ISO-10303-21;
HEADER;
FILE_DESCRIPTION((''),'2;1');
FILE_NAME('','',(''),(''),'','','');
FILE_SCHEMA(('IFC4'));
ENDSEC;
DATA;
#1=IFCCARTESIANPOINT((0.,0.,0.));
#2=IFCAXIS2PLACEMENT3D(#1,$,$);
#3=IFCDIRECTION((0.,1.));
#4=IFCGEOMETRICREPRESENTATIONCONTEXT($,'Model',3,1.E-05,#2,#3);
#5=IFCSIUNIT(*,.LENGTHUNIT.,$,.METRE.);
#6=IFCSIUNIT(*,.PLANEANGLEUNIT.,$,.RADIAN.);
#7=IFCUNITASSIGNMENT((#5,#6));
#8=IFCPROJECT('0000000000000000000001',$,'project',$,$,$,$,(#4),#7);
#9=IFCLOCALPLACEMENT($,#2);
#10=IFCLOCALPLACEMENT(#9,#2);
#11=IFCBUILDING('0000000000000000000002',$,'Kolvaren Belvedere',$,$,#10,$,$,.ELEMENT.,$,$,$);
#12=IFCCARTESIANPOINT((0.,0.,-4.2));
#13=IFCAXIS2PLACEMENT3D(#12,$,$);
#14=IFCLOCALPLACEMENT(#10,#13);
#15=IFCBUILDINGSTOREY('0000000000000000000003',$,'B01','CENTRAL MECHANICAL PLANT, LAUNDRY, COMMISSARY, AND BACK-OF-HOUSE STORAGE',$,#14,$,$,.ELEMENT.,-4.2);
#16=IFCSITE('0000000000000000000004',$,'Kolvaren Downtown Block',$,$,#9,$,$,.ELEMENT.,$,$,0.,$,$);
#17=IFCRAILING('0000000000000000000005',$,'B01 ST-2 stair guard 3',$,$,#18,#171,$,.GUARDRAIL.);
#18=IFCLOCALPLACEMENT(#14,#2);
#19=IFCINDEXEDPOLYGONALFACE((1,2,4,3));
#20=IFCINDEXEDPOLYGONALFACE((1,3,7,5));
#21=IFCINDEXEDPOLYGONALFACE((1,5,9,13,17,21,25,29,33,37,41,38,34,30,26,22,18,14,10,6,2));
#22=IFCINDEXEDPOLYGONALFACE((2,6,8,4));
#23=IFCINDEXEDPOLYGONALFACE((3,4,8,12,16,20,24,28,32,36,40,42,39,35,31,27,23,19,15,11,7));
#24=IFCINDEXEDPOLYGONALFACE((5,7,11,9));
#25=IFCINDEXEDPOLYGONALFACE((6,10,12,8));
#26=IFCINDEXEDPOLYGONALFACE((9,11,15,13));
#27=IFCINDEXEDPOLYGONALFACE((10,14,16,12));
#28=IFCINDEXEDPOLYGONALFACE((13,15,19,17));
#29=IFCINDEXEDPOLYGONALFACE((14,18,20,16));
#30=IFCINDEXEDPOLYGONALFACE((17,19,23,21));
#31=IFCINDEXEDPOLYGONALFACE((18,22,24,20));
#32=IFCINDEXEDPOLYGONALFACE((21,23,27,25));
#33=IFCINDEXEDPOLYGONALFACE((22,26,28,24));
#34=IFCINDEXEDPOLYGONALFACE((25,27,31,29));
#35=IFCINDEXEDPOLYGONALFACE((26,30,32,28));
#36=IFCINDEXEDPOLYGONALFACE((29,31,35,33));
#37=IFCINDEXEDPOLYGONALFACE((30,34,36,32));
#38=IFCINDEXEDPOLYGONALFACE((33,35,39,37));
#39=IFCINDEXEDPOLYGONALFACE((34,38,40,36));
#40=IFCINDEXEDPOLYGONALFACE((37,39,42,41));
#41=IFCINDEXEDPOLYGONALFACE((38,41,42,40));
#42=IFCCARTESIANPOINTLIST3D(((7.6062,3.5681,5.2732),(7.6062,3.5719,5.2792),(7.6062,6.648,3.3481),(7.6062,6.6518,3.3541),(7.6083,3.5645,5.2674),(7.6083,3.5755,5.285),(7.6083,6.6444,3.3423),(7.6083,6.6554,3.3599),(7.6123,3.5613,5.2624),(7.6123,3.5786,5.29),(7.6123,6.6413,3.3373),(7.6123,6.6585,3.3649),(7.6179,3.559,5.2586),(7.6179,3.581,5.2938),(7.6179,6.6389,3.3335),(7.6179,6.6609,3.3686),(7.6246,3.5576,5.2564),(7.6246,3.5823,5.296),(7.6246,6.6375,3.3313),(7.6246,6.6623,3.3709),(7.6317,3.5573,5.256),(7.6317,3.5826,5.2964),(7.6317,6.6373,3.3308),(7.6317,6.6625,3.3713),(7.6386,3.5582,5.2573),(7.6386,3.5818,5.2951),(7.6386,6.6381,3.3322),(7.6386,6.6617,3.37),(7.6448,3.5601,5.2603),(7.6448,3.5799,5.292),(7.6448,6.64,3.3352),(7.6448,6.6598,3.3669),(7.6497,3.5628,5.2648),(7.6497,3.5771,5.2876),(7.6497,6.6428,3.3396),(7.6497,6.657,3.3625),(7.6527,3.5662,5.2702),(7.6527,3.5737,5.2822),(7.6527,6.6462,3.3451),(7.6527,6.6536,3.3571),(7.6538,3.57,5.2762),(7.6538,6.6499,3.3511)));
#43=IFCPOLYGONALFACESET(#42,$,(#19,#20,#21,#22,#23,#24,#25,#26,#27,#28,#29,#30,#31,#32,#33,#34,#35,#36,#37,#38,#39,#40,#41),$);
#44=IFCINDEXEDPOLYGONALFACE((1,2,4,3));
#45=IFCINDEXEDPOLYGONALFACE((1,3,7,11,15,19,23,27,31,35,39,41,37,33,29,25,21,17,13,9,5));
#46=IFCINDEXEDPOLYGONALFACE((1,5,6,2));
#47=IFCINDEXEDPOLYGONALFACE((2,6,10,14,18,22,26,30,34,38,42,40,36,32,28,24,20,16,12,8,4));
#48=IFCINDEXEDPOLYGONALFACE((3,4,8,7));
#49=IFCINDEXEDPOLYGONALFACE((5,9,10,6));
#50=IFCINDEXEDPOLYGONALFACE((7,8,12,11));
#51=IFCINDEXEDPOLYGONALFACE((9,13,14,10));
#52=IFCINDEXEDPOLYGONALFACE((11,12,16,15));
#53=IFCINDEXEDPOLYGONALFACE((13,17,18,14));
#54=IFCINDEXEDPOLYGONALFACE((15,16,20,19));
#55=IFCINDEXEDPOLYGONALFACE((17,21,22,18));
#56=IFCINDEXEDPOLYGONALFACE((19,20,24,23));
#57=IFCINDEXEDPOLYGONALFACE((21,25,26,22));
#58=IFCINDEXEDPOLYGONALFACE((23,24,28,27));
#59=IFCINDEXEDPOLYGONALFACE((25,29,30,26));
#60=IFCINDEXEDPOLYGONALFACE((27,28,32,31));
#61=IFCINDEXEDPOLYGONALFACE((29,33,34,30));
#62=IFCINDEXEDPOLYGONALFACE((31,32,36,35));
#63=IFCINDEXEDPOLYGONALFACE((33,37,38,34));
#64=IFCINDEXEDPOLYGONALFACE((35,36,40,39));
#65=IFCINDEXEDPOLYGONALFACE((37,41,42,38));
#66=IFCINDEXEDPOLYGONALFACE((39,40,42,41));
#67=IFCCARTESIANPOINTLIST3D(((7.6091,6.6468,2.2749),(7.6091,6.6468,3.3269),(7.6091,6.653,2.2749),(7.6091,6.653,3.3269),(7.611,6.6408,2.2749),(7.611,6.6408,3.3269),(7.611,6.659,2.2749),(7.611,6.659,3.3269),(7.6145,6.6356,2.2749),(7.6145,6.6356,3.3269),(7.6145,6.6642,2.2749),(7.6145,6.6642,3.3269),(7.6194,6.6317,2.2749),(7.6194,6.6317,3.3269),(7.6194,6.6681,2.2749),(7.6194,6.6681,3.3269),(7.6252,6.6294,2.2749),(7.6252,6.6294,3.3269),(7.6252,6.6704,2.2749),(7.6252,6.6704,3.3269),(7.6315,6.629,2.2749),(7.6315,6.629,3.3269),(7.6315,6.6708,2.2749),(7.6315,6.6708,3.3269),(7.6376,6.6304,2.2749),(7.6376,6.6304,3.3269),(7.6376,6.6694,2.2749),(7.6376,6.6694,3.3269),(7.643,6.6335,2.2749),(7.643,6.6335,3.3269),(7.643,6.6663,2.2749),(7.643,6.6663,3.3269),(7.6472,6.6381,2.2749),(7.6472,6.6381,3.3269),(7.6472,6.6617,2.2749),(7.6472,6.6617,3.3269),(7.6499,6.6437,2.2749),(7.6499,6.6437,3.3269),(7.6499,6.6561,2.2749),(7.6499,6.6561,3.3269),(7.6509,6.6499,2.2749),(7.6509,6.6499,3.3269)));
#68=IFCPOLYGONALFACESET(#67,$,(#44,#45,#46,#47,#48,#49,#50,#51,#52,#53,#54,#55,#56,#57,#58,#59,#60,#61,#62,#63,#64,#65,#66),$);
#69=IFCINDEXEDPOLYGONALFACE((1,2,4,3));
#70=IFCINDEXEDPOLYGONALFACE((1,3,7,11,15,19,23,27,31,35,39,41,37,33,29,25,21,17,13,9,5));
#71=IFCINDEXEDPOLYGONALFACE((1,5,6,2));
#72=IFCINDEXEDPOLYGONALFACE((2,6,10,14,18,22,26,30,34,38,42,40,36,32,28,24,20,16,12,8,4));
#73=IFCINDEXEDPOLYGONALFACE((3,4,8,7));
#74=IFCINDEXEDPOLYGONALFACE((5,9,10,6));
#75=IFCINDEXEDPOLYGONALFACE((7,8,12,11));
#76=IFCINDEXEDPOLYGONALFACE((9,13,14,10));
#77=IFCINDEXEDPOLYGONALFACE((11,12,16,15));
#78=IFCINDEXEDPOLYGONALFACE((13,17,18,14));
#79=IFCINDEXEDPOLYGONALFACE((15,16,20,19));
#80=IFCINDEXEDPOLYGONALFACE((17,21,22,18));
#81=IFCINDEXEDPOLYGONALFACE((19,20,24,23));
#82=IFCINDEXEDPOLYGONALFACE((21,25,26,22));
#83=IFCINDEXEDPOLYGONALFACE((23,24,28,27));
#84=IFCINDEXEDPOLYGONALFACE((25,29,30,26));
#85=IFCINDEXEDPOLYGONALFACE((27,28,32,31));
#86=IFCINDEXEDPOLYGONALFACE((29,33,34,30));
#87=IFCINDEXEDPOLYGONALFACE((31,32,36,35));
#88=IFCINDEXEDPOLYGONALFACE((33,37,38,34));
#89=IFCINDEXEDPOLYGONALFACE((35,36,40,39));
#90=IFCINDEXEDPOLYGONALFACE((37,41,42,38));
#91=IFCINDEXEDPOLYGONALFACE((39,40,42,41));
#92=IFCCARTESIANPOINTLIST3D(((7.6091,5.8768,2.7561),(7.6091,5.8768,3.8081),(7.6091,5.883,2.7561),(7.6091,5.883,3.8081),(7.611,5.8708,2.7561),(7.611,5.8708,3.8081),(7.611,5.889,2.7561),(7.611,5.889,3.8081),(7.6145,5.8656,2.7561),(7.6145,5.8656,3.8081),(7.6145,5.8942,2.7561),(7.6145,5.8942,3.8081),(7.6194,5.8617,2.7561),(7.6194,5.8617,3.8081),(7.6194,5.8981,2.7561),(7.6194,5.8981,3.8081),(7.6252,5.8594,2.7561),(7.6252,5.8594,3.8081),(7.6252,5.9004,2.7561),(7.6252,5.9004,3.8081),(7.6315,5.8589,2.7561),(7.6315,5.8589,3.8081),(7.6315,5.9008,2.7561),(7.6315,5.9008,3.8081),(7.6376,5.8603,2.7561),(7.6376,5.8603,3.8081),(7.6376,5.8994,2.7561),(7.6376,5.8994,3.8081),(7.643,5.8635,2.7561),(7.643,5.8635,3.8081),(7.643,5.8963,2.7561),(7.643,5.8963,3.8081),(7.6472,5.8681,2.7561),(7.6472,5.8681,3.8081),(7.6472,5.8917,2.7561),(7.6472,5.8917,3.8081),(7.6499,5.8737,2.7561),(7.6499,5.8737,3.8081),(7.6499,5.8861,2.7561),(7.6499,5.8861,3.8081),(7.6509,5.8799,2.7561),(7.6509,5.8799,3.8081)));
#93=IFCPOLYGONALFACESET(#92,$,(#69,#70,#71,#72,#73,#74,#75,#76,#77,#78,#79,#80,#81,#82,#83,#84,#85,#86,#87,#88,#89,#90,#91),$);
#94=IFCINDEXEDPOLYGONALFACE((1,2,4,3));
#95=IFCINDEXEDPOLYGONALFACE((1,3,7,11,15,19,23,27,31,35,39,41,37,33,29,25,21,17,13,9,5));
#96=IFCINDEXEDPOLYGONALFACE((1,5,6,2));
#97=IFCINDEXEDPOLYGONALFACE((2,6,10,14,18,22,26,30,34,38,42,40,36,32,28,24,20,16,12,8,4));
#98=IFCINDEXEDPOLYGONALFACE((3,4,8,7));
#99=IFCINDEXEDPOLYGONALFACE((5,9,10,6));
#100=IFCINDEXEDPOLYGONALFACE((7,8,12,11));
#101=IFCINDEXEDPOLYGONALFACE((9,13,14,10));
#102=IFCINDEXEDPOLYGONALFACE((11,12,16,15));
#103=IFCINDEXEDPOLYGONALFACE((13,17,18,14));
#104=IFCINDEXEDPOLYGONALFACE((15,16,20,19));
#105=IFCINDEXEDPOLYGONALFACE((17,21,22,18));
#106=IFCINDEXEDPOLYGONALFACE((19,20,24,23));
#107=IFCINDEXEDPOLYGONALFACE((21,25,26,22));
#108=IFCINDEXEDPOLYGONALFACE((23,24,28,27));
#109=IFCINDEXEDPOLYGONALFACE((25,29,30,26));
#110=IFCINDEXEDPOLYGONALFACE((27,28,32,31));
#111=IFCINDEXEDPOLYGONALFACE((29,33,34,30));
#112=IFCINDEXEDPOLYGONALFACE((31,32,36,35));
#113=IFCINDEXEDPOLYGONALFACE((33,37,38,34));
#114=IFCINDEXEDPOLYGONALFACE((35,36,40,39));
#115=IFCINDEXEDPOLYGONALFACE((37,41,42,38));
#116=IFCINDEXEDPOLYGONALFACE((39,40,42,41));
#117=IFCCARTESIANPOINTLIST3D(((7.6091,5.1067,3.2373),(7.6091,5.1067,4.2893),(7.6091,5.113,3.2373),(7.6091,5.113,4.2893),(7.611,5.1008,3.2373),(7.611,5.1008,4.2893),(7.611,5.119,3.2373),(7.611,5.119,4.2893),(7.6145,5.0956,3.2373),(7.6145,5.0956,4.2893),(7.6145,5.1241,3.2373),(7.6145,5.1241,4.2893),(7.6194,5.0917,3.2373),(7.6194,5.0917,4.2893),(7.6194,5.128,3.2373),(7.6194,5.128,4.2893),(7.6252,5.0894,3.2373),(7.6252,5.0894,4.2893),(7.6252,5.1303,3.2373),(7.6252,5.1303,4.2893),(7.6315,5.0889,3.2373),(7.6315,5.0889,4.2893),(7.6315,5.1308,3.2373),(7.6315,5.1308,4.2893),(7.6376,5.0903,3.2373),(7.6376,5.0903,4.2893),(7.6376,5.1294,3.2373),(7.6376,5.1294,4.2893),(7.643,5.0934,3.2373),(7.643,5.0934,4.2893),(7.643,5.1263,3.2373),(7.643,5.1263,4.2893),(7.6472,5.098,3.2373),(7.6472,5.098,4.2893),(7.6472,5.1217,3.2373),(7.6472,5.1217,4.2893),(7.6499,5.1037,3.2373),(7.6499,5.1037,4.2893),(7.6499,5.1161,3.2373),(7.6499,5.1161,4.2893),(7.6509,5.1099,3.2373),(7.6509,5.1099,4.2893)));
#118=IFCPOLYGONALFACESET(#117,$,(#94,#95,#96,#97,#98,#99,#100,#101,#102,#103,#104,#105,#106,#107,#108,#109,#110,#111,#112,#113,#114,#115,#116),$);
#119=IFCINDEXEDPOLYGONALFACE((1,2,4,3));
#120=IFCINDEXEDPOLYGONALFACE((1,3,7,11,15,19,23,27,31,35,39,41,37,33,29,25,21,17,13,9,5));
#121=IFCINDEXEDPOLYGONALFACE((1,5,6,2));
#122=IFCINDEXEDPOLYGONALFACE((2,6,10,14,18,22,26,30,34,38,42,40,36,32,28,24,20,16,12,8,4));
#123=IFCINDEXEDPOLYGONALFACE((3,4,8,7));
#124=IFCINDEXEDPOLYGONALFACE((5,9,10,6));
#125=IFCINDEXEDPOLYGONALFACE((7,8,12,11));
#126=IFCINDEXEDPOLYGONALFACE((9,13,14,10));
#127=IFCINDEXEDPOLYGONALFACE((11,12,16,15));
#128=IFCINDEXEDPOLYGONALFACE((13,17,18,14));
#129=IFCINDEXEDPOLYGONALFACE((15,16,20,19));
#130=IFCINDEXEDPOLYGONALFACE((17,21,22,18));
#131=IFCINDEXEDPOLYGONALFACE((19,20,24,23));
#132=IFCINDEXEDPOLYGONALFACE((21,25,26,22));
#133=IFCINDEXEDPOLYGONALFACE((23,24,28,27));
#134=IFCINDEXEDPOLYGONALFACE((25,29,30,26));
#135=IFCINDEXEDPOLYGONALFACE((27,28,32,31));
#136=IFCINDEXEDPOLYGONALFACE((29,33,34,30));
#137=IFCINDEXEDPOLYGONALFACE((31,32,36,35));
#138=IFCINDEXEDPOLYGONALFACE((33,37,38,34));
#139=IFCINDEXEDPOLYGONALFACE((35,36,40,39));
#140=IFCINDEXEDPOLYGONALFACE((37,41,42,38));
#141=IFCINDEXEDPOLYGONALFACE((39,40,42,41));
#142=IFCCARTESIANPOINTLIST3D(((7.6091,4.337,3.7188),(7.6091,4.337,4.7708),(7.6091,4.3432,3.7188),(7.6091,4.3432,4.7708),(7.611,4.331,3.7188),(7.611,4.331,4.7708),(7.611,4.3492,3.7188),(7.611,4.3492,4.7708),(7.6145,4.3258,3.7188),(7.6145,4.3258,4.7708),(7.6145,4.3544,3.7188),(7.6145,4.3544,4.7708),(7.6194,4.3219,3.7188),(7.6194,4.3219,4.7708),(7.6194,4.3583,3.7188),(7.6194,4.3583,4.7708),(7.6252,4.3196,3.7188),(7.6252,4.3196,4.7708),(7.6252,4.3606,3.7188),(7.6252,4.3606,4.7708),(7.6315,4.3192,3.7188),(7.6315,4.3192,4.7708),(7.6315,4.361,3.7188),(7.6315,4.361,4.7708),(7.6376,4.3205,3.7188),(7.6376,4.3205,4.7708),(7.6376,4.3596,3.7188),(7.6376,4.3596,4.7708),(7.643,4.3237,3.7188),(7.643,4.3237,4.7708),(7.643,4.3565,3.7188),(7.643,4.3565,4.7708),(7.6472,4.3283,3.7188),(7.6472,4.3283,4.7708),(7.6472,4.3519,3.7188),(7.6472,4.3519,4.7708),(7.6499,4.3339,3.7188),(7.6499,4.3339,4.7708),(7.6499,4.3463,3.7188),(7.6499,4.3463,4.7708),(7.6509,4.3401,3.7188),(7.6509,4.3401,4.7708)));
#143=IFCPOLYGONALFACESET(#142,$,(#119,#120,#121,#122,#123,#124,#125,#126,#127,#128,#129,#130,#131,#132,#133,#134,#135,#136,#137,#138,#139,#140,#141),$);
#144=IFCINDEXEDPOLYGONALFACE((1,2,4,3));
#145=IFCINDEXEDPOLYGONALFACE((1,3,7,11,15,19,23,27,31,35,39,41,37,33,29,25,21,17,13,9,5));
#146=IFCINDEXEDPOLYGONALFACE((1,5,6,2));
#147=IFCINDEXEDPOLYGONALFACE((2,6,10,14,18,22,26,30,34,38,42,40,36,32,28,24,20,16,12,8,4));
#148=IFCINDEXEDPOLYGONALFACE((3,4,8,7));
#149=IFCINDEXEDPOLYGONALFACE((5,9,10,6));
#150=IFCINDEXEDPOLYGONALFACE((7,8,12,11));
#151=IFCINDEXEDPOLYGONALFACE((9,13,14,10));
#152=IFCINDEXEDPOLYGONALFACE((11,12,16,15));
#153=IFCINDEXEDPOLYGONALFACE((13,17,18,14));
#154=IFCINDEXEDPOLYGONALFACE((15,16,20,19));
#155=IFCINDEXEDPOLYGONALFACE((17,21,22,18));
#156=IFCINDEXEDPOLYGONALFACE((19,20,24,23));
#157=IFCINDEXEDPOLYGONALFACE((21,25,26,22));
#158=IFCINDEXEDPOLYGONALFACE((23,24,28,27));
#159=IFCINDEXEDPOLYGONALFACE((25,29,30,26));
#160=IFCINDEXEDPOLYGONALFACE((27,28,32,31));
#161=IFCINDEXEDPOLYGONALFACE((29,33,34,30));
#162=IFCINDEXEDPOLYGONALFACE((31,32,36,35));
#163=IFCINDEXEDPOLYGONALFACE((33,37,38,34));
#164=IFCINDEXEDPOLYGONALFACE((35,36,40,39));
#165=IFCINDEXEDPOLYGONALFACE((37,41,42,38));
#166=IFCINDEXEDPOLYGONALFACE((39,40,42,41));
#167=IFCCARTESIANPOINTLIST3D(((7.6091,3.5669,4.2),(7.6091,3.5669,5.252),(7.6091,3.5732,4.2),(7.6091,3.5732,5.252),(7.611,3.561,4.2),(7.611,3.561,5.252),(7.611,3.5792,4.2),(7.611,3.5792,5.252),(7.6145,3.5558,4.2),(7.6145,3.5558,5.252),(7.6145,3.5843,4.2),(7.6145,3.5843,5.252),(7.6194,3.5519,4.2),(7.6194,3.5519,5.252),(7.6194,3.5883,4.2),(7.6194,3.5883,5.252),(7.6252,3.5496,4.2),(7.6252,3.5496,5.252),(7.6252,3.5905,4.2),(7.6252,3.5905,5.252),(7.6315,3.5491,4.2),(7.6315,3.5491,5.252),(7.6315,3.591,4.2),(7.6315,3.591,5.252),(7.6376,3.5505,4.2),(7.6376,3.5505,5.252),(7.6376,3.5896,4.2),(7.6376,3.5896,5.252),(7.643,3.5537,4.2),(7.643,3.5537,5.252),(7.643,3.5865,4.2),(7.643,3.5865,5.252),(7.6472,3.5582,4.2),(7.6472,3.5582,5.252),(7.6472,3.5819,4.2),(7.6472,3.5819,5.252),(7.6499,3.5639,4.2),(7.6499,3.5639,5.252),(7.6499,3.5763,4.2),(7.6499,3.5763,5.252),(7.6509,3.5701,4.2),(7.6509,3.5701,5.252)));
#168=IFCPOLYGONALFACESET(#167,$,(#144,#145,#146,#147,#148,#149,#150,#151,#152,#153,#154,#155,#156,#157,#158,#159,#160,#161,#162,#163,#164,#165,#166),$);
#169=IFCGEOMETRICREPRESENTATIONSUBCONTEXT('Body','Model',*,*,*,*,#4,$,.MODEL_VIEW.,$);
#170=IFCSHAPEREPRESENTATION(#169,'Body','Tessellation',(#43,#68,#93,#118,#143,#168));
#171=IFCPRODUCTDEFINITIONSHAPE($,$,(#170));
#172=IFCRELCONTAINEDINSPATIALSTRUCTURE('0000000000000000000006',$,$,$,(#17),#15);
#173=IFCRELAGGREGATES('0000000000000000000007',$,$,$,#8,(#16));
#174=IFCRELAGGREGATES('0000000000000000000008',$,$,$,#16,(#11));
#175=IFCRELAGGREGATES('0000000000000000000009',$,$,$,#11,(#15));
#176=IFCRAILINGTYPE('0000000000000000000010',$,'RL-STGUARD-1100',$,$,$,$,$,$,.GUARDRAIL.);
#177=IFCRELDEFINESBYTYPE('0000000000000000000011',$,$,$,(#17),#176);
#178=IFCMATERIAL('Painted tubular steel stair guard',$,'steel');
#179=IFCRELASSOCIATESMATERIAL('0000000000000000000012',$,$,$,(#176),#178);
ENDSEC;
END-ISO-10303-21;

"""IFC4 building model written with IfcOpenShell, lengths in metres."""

from ifc_helpers import new_model, si_unit, direction, frame, origin, origin_2d, place, context, subcontext, project, spatial, circle, extrude, material, type_object, element, save


model = new_model("IFC4")

# Units and contexts
model_context = context("Model", 3, precision=1e-05, world=origin(), true_north=direction((0.0, 1.0)))
body_context = subcontext(model_context, "Body", "Model", "MODEL_VIEW")
ifc_project = project(units=[si_unit("LENGTHUNIT", "METRE"), si_unit("PLANEANGLEUNIT", "RADIAN")], contexts=[model_context])

# Site, building, storey
site_placement = place(None, origin())
site = spatial("IfcSite", under=ifc_project, at=site_placement, Name="Kolvaren Downtown Block", CompositionType="ELEMENT", RefElevation=0.0)
building_placement = place(site_placement, origin())
building = spatial("IfcBuilding", under=site, at=building_placement, Name="Kolvaren Belvedere", CompositionType="ELEMENT")
storey_placement = place(building_placement, frame((0.0, 0.0, -4.2)))
storey = spatial("IfcBuildingStorey", under=building, at=storey_placement, Name="B01", Description="CENTRAL MECHANICAL PLANT, LAUNDRY, COMMISSARY, AND BACK-OF-HOUSE STORAGE", CompositionType="ELEMENT", Elevation=-4.2)

# Railing
ifc_material_1 = material(Name="Painted tubular steel stair guard", Category="steel")
railing_type_1 = type_object("IfcRailingType", Name="RL-STGUARD-1100", PredefinedType="GUARDRAIL", material=ifc_material_1)
railing_1_placement = place(storey_placement, frame((7.6299, 6.6499, 2.2749)))
element("IfcRailing", 1, at=railing_1_placement, inside=storey, type_object=railing_type_1, Name="B01 ST-2 stair guard 3", PredefinedType="GUARDRAIL", context=body_context, shape_type="SweptSolid", body=[
    extrude(circle(Radius=0.0239, at=origin_2d()), frame((0.0, 0.0, 1.0762), z_axis=(0.0, -0.847979, 0.530029), x_axis=(1.0, 0.0, 0.0)), (0.0, 0.0, 1.0), 3.6321),
    extrude(circle(Radius=0.021, at=origin_2d()), origin(), (0.0, 0.0, 1.0), 1.052),
    extrude(circle(Radius=0.021, at=origin_2d()), frame((0.0, -0.77, 0.4812)), (0.0, 0.0, 1.0), 1.052),
    extrude(circle(Radius=0.021, at=origin_2d()), frame((0.0, -1.54, 0.9624)), (0.0, 0.0, 1.0), 1.052),
    extrude(circle(Radius=0.021, at=origin_2d()), frame((0.0, -2.3098, 1.4438)), (0.0, 0.0, 1.0), 1.052),
    extrude(circle(Radius=0.021, at=origin_2d()), frame((0.0, -3.0798, 1.925)), (0.0, 0.0, 1.0), 1.052),
])

save(model, "model.ifc")
